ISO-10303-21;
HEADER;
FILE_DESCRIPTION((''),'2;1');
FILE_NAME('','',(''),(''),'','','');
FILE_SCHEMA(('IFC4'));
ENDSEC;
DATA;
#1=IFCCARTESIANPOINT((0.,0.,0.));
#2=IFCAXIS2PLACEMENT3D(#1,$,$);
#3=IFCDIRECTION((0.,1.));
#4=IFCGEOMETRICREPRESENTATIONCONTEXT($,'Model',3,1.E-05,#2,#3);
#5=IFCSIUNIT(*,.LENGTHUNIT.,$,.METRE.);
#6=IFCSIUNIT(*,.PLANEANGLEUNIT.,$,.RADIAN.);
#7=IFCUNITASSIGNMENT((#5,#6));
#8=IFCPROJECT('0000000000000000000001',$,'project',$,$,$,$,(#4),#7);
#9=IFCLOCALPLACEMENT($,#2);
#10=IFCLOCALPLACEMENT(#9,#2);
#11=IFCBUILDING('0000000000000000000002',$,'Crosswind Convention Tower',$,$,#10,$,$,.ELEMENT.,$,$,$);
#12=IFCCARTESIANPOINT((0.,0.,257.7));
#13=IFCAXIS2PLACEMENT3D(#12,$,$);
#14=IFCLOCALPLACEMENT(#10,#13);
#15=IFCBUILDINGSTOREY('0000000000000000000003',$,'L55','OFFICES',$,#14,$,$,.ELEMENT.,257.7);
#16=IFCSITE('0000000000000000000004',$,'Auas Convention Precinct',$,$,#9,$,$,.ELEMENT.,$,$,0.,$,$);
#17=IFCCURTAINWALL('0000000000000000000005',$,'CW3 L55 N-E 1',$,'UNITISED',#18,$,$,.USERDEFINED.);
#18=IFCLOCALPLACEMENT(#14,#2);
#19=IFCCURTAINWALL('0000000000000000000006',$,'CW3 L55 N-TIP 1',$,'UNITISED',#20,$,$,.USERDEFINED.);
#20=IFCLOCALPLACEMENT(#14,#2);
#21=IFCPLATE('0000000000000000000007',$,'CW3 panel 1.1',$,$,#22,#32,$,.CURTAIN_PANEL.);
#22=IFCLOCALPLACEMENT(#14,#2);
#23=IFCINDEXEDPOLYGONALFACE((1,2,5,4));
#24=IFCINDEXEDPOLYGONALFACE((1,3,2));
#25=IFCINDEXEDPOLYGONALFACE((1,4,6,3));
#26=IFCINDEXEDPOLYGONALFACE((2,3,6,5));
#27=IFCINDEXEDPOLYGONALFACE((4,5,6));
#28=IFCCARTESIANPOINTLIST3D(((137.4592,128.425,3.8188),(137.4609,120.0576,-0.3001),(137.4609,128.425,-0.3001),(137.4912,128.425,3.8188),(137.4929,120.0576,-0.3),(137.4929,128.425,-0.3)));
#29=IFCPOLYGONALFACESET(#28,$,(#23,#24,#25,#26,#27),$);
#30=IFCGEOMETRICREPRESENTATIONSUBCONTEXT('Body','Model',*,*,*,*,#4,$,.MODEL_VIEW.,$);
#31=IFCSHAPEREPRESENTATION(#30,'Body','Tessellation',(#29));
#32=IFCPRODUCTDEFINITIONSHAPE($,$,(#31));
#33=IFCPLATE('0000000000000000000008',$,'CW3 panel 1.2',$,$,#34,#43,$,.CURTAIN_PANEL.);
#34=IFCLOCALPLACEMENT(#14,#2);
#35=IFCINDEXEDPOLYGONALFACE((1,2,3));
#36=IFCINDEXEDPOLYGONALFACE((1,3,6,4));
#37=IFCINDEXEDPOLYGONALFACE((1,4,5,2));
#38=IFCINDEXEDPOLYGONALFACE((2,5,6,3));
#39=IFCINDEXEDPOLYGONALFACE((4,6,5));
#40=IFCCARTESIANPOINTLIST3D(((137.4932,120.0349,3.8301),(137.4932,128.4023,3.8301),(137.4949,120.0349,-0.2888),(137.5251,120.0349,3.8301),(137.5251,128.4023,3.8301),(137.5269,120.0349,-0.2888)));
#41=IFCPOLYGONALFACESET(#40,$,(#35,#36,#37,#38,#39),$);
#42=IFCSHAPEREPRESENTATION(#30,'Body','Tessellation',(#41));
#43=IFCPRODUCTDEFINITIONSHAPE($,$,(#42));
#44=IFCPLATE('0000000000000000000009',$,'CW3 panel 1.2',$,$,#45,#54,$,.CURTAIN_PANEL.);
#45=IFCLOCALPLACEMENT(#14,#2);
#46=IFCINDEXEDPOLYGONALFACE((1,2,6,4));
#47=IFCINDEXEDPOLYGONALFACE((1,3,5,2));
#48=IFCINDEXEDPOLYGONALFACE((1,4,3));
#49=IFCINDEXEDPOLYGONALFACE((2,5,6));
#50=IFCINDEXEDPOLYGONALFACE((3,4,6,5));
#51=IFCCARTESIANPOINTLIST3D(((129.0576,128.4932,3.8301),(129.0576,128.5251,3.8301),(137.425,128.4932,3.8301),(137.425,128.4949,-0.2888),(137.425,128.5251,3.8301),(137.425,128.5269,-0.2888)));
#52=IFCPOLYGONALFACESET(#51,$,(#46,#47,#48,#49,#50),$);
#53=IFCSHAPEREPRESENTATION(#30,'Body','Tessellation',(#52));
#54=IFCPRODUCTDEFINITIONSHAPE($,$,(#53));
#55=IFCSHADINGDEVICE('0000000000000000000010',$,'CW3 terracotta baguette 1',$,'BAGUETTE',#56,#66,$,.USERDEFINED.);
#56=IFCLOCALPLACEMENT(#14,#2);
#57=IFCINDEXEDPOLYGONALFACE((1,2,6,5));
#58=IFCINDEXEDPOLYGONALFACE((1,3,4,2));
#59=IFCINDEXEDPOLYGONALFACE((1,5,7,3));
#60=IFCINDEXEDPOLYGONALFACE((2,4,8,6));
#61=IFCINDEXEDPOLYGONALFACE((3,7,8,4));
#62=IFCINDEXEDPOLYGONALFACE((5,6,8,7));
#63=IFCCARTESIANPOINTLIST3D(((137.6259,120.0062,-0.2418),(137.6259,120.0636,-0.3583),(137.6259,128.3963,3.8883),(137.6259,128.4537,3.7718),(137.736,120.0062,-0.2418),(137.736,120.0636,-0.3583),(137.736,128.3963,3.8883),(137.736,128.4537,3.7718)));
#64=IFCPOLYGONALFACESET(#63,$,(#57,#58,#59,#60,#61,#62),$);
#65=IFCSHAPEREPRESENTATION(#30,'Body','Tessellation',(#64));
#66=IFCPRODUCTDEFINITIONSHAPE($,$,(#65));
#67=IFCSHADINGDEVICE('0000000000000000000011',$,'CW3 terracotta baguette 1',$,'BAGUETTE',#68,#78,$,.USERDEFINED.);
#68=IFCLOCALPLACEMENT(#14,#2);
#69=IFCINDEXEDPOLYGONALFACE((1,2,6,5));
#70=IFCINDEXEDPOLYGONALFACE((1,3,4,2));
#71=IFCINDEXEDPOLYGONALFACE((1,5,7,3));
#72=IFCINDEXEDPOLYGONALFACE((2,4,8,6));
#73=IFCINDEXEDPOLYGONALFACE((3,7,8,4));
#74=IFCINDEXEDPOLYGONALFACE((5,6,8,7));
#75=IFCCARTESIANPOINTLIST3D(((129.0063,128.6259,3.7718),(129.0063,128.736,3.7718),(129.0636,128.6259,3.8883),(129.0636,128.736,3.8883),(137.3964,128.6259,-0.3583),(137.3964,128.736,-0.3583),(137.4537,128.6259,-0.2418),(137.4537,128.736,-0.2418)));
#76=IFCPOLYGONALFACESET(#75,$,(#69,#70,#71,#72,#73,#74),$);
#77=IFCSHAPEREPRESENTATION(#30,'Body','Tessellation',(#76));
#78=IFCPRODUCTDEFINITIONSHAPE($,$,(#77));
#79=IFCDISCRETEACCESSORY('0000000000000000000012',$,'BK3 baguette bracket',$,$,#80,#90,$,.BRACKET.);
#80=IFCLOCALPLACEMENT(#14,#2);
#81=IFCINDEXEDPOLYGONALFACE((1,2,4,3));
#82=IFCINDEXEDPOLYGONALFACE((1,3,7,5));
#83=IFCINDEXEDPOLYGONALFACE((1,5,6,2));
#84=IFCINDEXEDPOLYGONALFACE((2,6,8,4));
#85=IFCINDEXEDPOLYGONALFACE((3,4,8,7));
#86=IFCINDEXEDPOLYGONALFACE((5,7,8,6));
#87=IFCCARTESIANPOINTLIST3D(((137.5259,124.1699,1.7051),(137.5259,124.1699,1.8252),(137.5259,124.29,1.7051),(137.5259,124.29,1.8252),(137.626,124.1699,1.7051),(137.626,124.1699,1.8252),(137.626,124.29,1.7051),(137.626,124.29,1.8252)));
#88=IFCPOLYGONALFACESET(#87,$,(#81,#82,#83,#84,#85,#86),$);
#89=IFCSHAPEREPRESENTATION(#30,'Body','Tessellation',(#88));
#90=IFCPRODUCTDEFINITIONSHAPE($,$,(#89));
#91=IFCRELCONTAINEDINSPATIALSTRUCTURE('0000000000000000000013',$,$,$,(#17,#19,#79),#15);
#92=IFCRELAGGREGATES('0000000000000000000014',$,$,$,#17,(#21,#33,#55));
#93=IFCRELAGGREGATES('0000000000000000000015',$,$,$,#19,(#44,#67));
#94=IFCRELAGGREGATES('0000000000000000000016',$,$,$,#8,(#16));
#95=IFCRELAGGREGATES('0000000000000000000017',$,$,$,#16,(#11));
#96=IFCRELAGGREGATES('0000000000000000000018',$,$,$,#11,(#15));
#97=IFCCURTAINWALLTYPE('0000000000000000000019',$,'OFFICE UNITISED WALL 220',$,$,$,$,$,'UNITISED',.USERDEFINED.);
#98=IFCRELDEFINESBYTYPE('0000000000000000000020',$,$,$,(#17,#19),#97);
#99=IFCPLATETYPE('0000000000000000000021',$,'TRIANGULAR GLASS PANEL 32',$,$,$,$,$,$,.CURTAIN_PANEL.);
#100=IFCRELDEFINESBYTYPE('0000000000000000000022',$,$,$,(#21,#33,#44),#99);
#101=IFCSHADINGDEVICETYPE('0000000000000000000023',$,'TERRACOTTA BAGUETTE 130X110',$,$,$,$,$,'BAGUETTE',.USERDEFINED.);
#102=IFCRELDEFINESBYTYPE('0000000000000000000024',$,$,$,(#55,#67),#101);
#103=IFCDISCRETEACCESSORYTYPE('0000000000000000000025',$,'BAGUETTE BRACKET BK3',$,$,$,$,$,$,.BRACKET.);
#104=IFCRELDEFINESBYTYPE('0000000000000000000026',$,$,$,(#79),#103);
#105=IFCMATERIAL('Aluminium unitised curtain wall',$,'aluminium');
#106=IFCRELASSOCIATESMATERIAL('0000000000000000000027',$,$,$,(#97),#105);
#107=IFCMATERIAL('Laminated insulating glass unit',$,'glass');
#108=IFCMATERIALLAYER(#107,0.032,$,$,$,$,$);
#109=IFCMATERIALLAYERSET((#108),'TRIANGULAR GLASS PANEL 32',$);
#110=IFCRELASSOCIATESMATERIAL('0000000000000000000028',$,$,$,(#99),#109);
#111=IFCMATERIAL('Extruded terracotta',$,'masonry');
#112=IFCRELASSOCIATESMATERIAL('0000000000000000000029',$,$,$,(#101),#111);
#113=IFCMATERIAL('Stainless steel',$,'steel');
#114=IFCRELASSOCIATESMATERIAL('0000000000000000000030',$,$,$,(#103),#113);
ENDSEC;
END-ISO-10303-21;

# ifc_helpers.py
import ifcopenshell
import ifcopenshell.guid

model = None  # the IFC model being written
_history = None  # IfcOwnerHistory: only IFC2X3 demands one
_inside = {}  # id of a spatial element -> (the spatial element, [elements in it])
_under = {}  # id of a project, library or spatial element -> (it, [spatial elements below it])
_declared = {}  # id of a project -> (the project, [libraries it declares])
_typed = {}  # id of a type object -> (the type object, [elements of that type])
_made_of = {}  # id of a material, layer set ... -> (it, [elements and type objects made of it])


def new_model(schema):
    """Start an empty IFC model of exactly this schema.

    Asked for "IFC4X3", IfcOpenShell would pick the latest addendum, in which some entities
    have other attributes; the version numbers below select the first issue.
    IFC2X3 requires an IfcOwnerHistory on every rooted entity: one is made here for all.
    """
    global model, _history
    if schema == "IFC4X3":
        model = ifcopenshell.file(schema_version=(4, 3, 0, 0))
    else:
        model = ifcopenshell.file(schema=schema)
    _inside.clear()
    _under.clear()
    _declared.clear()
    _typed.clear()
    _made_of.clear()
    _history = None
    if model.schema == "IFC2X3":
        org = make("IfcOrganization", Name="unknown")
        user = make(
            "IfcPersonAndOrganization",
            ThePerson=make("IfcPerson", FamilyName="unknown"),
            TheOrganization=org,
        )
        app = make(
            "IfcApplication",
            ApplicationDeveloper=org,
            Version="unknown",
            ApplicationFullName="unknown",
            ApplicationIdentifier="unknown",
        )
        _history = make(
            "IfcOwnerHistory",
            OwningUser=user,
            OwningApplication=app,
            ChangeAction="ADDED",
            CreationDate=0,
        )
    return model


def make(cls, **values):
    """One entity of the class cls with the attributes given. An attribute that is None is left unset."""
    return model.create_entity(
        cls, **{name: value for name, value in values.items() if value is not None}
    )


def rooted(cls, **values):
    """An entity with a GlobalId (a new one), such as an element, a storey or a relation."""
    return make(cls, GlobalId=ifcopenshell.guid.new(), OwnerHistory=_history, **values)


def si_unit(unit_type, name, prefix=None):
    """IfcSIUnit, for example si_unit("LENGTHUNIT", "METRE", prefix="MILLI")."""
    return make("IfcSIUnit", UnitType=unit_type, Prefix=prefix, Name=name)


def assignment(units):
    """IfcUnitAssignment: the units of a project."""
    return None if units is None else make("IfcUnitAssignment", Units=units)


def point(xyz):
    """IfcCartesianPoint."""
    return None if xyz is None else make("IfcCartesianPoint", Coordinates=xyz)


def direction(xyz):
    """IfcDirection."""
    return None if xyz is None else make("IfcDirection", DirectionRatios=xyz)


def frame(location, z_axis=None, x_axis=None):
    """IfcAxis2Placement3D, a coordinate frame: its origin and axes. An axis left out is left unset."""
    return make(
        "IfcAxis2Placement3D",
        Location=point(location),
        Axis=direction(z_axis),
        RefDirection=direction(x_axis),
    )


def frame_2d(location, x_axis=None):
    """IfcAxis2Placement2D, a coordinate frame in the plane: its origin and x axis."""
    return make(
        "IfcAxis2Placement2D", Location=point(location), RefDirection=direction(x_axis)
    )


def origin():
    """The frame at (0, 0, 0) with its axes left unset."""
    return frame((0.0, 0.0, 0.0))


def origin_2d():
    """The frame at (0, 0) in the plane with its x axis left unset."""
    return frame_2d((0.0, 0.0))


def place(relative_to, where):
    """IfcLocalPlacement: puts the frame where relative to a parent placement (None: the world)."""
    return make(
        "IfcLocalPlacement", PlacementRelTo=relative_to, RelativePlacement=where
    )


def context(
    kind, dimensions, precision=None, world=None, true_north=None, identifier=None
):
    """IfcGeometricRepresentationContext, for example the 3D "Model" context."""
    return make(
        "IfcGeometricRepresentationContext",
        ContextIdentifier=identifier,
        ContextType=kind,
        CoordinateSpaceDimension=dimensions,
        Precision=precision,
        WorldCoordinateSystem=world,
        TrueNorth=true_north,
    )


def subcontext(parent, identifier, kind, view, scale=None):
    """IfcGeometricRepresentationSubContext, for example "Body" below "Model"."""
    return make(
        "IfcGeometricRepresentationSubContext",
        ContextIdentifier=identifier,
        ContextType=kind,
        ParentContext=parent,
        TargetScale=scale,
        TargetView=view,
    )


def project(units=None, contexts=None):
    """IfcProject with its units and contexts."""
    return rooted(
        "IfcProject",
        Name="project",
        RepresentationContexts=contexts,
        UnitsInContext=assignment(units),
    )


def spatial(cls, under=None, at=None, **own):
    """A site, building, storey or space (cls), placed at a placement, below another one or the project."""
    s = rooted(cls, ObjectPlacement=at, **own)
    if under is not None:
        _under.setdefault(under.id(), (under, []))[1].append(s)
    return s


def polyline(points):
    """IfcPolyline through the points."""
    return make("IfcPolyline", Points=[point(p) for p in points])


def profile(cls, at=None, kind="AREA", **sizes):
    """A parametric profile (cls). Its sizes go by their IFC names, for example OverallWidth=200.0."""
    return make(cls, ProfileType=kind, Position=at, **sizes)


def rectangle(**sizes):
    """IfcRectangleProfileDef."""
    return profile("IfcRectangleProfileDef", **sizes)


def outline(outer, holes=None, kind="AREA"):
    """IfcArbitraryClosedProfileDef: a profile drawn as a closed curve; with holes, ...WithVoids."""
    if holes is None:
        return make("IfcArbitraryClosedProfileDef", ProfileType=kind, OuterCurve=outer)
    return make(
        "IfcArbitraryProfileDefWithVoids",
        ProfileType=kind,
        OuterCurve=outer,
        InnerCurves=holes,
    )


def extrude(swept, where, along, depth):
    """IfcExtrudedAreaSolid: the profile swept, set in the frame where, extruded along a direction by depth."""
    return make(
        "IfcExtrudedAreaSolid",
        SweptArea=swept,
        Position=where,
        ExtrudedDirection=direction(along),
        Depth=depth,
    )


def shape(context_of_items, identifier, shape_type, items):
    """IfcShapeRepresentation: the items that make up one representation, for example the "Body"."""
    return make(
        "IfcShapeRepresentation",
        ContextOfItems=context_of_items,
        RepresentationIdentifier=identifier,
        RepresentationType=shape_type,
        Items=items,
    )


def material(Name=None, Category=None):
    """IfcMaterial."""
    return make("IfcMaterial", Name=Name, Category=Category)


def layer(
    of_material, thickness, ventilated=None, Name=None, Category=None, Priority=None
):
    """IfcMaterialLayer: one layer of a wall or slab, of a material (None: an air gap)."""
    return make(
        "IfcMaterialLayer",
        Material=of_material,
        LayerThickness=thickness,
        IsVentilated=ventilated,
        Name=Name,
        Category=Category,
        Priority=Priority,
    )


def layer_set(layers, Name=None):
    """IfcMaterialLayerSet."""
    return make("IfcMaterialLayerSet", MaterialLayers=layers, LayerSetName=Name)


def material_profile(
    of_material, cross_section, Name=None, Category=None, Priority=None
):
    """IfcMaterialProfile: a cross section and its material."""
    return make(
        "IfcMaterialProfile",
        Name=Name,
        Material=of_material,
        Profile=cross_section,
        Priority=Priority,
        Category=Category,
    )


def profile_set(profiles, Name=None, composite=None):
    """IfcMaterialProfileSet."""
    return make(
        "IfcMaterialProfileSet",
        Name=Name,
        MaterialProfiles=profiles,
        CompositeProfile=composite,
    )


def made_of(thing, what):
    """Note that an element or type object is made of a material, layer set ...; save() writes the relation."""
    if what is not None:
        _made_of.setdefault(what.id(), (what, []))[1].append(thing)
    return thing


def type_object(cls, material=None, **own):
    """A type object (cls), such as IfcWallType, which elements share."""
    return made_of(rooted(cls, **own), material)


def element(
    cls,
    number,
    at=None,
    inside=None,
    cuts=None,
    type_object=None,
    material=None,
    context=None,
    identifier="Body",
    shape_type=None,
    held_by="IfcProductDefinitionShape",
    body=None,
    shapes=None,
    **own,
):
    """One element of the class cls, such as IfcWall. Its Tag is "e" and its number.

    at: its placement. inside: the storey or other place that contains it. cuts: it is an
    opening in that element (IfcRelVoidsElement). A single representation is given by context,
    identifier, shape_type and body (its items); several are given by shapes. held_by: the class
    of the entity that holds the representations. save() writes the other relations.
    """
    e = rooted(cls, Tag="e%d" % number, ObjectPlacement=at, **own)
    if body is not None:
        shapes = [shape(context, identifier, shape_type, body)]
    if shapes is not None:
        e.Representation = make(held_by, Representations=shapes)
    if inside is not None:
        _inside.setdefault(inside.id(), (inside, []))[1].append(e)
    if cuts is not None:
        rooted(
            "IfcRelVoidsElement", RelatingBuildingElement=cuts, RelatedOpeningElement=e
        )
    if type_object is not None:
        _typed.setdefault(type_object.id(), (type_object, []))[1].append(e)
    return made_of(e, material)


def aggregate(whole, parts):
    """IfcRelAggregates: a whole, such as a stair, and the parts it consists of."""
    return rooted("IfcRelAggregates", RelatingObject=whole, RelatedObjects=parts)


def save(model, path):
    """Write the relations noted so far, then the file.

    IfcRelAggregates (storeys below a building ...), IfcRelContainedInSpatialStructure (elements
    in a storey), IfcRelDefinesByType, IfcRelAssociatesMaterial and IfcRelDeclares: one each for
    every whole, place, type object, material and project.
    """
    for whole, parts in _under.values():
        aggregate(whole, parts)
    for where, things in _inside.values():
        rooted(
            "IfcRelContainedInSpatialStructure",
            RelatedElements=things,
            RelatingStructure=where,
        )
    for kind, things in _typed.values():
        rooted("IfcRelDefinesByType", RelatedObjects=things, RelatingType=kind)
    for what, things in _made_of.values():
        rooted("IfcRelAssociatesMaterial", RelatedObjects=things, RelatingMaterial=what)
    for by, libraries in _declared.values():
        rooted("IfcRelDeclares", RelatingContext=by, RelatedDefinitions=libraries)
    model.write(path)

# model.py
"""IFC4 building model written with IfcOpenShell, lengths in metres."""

from ifc_helpers import new_model, si_unit, direction, frame, origin, origin_2d, place, context, subcontext, project, spatial, polyline, rectangle, outline, extrude, material, layer, layer_set, material_profile, profile_set, type_object, element, aggregate, save


model = new_model("IFC4")

# Units and contexts
model_context = context("Model", 3, precision=1e-05, world=origin(), true_north=direction((0.0, 1.0)))
body_context = subcontext(model_context, "Body", "Model", "MODEL_VIEW")
ifc_project = project(units=[si_unit("LENGTHUNIT", "METRE"), si_unit("PLANEANGLEUNIT", "RADIAN")], contexts=[model_context])

# Site, building, storey
site_placement = place(None, origin())
site = spatial("IfcSite", under=ifc_project, at=site_placement, Name="Auas Convention Precinct", CompositionType="ELEMENT", RefElevation=0.0)
building_placement = place(site_placement, origin())
building = spatial("IfcBuilding", under=site, at=building_placement, Name="Crosswind Convention Tower", CompositionType="ELEMENT")
storey_placement = place(building_placement, frame((0.0, 0.0, 257.7)))
storey = spatial("IfcBuildingStorey", under=building, at=storey_placement, Name="L55", Description="OFFICES", CompositionType="ELEMENT", Elevation=257.7)

# Curtain wall
ifc_material_1 = material(Name="Aluminium unitised curtain wall", Category="aluminium")
curtain_wall_type_1 = type_object("IfcCurtainWallType", Name="OFFICE UNITISED WALL 220", ElementType="UNITISED", PredefinedType="USERDEFINED", material=ifc_material_1)
curtain_wall_1_placement = place(storey_placement, origin())
curtain_wall_1 = element("IfcCurtainWall", 1, at=curtain_wall_1_placement, inside=storey, type_object=curtain_wall_type_1, Name="CW3 L55 N-E 1", ObjectType="UNITISED", PredefinedType="USERDEFINED")

# Curtain wall
curtain_wall_2_placement = place(storey_placement, origin())
curtain_wall_2 = element("IfcCurtainWall", 2, at=curtain_wall_2_placement, inside=storey, type_object=curtain_wall_type_1, Name="CW3 L55 N-TIP 1", ObjectType="UNITISED", PredefinedType="USERDEFINED")

# Plates
ifc_material_2 = material(Name="Laminated insulating glass unit", Category="glass")
ifc_layer_1 = layer(ifc_material_2, 0.032)
ifc_layer_set_1 = layer_set([ifc_layer_1], Name="TRIANGULAR GLASS PANEL 32")
plate_type_1 = type_object("IfcPlateType", Name="TRIANGULAR GLASS PANEL 32", PredefinedType="CURTAIN_PANEL", material=ifc_layer_set_1)
plate_1_placement = place(storey_placement, frame((137.4929, 128.425, -0.3), z_axis=(1.0, 0.0, 0.000415), x_axis=(-0.000415, 0.0, 1.0)))
plate_1 = element("IfcPlate", 3, at=plate_1_placement, type_object=plate_type_1, Name="CW3 panel 1.1", PredefinedType="CURTAIN_PANEL", context=body_context, shape_type="SweptSolid", body=[
    extrude(outline(polyline([(0.0, 0.0), (4.1189, 0.0), (0.0, 8.3674), (0.0, 0.0)])), origin(), (0.0, 0.0, -1.0), 0.032),
])
plate_2_placement = place(storey_placement, frame((137.5251, 120.0349, 3.8301), z_axis=(1.0, 0.0, 0.000415), x_axis=(0.000415, 0.0, -1.0)))
plate_2 = element("IfcPlate", 4, at=plate_2_placement, type_object=plate_type_1, Name="CW3 panel 1.2", PredefinedType="CURTAIN_PANEL", context=body_context, shape_type="SweptSolid", body=[
    extrude(outline(polyline([(0.0, 0.0), (4.1189, 0.0), (0.0, 8.3674), (0.0, 0.0)])), origin(), (0.0, 0.0, -1.0), 0.032),
])
plate_3_placement = place(storey_placement, frame((137.425, 128.5251, 3.8301), z_axis=(0.0, 1.0, 0.000415), x_axis=(0.0, 0.000415, -1.0)))
plate_3 = element("IfcPlate", 5, at=plate_3_placement, type_object=plate_type_1, Name="CW3 panel 1.2", PredefinedType="CURTAIN_PANEL", context=body_context, shape_type="SweptSolid", body=[
    extrude(outline(polyline([(0.0, 0.0), (4.1189, 0.0), (0.0, 8.3674), (0.0, 0.0)])), origin(), (0.0, 0.0, -1.0), 0.032),
])

# Shading devices
ifc_material_3 = material(Name="Extruded terracotta", Category="masonry")
ifc_material_profile_1 = material_profile(ifc_material_3, rectangle(XDim=0.1101, YDim=0.1299, at=origin_2d()), Name="TC 110X130")
ifc_profile_set_1 = profile_set([ifc_material_profile_1], Name="Extruded terracotta")
shading_device_type = type_object("IfcShadingDeviceType", Name="TERRACOTTA BAGUETTE 130X110", ElementType="BAGUETTE", PredefinedType="USERDEFINED", material=ifc_profile_set_1)
shading_device_1_placement = place(storey_placement, frame((137.6809, 120.0349, -0.3), z_axis=(0.0, 0.897188, 0.441649), x_axis=(-1.0, 0.0, 0.0)))
shading_device_1 = element("IfcShadingDevice", 6, at=shading_device_1_placement, type_object=shading_device_type, Name="CW3 terracotta baguette 1", ObjectType="BAGUETTE", PredefinedType="USERDEFINED", context=body_context, shape_type="SweptSolid", body=[
    extrude(rectangle(XDim=0.1101, YDim=0.1299, at=origin_2d()), origin(), (0.0, 0.0, 1.0), 9.3516),
])
aggregate(curtain_wall_1, [plate_1, plate_2, shading_device_1])
shading_device_2_placement = place(storey_placement, frame((137.425, 128.6809, -0.3), z_axis=(-0.897188, 0.0, 0.441649), x_axis=(0.0, -1.0, 0.0)))
shading_device_2 = element("IfcShadingDevice", 7, at=shading_device_2_placement, type_object=shading_device_type, Name="CW3 terracotta baguette 1", ObjectType="BAGUETTE", PredefinedType="USERDEFINED", context=body_context, shape_type="SweptSolid", body=[
    extrude(rectangle(XDim=0.1101, YDim=0.1299, at=origin_2d()), origin(), (0.0, 0.0, 1.0), 9.3516),
])
aggregate(curtain_wall_2, [plate_3, shading_device_2])

# Discrete accessory
ifc_material_4 = material(Name="Stainless steel", Category="steel")
discrete_accessory_type = type_object("IfcDiscreteAccessoryType", Name="BAGUETTE BRACKET BK3", PredefinedType="BRACKET", material=ifc_material_4)
discrete_accessory_placement = place(storey_placement, frame((137.5759, 124.23, 1.7051), z_axis=(0.0, 0.0, 1.0), x_axis=(0.0, 1.0, 0.0)))
element("IfcDiscreteAccessory", 8, at=discrete_accessory_placement, inside=storey, type_object=discrete_accessory_type, Name="BK3 baguette bracket", PredefinedType="BRACKET", context=body_context, shape_type="SweptSolid", body=[
    extrude(rectangle(XDim=0.1201, YDim=0.1001, at=origin_2d()), origin(), (0.0, 0.0, 1.0), 0.1201),
])

save(model, "model.ifc")
